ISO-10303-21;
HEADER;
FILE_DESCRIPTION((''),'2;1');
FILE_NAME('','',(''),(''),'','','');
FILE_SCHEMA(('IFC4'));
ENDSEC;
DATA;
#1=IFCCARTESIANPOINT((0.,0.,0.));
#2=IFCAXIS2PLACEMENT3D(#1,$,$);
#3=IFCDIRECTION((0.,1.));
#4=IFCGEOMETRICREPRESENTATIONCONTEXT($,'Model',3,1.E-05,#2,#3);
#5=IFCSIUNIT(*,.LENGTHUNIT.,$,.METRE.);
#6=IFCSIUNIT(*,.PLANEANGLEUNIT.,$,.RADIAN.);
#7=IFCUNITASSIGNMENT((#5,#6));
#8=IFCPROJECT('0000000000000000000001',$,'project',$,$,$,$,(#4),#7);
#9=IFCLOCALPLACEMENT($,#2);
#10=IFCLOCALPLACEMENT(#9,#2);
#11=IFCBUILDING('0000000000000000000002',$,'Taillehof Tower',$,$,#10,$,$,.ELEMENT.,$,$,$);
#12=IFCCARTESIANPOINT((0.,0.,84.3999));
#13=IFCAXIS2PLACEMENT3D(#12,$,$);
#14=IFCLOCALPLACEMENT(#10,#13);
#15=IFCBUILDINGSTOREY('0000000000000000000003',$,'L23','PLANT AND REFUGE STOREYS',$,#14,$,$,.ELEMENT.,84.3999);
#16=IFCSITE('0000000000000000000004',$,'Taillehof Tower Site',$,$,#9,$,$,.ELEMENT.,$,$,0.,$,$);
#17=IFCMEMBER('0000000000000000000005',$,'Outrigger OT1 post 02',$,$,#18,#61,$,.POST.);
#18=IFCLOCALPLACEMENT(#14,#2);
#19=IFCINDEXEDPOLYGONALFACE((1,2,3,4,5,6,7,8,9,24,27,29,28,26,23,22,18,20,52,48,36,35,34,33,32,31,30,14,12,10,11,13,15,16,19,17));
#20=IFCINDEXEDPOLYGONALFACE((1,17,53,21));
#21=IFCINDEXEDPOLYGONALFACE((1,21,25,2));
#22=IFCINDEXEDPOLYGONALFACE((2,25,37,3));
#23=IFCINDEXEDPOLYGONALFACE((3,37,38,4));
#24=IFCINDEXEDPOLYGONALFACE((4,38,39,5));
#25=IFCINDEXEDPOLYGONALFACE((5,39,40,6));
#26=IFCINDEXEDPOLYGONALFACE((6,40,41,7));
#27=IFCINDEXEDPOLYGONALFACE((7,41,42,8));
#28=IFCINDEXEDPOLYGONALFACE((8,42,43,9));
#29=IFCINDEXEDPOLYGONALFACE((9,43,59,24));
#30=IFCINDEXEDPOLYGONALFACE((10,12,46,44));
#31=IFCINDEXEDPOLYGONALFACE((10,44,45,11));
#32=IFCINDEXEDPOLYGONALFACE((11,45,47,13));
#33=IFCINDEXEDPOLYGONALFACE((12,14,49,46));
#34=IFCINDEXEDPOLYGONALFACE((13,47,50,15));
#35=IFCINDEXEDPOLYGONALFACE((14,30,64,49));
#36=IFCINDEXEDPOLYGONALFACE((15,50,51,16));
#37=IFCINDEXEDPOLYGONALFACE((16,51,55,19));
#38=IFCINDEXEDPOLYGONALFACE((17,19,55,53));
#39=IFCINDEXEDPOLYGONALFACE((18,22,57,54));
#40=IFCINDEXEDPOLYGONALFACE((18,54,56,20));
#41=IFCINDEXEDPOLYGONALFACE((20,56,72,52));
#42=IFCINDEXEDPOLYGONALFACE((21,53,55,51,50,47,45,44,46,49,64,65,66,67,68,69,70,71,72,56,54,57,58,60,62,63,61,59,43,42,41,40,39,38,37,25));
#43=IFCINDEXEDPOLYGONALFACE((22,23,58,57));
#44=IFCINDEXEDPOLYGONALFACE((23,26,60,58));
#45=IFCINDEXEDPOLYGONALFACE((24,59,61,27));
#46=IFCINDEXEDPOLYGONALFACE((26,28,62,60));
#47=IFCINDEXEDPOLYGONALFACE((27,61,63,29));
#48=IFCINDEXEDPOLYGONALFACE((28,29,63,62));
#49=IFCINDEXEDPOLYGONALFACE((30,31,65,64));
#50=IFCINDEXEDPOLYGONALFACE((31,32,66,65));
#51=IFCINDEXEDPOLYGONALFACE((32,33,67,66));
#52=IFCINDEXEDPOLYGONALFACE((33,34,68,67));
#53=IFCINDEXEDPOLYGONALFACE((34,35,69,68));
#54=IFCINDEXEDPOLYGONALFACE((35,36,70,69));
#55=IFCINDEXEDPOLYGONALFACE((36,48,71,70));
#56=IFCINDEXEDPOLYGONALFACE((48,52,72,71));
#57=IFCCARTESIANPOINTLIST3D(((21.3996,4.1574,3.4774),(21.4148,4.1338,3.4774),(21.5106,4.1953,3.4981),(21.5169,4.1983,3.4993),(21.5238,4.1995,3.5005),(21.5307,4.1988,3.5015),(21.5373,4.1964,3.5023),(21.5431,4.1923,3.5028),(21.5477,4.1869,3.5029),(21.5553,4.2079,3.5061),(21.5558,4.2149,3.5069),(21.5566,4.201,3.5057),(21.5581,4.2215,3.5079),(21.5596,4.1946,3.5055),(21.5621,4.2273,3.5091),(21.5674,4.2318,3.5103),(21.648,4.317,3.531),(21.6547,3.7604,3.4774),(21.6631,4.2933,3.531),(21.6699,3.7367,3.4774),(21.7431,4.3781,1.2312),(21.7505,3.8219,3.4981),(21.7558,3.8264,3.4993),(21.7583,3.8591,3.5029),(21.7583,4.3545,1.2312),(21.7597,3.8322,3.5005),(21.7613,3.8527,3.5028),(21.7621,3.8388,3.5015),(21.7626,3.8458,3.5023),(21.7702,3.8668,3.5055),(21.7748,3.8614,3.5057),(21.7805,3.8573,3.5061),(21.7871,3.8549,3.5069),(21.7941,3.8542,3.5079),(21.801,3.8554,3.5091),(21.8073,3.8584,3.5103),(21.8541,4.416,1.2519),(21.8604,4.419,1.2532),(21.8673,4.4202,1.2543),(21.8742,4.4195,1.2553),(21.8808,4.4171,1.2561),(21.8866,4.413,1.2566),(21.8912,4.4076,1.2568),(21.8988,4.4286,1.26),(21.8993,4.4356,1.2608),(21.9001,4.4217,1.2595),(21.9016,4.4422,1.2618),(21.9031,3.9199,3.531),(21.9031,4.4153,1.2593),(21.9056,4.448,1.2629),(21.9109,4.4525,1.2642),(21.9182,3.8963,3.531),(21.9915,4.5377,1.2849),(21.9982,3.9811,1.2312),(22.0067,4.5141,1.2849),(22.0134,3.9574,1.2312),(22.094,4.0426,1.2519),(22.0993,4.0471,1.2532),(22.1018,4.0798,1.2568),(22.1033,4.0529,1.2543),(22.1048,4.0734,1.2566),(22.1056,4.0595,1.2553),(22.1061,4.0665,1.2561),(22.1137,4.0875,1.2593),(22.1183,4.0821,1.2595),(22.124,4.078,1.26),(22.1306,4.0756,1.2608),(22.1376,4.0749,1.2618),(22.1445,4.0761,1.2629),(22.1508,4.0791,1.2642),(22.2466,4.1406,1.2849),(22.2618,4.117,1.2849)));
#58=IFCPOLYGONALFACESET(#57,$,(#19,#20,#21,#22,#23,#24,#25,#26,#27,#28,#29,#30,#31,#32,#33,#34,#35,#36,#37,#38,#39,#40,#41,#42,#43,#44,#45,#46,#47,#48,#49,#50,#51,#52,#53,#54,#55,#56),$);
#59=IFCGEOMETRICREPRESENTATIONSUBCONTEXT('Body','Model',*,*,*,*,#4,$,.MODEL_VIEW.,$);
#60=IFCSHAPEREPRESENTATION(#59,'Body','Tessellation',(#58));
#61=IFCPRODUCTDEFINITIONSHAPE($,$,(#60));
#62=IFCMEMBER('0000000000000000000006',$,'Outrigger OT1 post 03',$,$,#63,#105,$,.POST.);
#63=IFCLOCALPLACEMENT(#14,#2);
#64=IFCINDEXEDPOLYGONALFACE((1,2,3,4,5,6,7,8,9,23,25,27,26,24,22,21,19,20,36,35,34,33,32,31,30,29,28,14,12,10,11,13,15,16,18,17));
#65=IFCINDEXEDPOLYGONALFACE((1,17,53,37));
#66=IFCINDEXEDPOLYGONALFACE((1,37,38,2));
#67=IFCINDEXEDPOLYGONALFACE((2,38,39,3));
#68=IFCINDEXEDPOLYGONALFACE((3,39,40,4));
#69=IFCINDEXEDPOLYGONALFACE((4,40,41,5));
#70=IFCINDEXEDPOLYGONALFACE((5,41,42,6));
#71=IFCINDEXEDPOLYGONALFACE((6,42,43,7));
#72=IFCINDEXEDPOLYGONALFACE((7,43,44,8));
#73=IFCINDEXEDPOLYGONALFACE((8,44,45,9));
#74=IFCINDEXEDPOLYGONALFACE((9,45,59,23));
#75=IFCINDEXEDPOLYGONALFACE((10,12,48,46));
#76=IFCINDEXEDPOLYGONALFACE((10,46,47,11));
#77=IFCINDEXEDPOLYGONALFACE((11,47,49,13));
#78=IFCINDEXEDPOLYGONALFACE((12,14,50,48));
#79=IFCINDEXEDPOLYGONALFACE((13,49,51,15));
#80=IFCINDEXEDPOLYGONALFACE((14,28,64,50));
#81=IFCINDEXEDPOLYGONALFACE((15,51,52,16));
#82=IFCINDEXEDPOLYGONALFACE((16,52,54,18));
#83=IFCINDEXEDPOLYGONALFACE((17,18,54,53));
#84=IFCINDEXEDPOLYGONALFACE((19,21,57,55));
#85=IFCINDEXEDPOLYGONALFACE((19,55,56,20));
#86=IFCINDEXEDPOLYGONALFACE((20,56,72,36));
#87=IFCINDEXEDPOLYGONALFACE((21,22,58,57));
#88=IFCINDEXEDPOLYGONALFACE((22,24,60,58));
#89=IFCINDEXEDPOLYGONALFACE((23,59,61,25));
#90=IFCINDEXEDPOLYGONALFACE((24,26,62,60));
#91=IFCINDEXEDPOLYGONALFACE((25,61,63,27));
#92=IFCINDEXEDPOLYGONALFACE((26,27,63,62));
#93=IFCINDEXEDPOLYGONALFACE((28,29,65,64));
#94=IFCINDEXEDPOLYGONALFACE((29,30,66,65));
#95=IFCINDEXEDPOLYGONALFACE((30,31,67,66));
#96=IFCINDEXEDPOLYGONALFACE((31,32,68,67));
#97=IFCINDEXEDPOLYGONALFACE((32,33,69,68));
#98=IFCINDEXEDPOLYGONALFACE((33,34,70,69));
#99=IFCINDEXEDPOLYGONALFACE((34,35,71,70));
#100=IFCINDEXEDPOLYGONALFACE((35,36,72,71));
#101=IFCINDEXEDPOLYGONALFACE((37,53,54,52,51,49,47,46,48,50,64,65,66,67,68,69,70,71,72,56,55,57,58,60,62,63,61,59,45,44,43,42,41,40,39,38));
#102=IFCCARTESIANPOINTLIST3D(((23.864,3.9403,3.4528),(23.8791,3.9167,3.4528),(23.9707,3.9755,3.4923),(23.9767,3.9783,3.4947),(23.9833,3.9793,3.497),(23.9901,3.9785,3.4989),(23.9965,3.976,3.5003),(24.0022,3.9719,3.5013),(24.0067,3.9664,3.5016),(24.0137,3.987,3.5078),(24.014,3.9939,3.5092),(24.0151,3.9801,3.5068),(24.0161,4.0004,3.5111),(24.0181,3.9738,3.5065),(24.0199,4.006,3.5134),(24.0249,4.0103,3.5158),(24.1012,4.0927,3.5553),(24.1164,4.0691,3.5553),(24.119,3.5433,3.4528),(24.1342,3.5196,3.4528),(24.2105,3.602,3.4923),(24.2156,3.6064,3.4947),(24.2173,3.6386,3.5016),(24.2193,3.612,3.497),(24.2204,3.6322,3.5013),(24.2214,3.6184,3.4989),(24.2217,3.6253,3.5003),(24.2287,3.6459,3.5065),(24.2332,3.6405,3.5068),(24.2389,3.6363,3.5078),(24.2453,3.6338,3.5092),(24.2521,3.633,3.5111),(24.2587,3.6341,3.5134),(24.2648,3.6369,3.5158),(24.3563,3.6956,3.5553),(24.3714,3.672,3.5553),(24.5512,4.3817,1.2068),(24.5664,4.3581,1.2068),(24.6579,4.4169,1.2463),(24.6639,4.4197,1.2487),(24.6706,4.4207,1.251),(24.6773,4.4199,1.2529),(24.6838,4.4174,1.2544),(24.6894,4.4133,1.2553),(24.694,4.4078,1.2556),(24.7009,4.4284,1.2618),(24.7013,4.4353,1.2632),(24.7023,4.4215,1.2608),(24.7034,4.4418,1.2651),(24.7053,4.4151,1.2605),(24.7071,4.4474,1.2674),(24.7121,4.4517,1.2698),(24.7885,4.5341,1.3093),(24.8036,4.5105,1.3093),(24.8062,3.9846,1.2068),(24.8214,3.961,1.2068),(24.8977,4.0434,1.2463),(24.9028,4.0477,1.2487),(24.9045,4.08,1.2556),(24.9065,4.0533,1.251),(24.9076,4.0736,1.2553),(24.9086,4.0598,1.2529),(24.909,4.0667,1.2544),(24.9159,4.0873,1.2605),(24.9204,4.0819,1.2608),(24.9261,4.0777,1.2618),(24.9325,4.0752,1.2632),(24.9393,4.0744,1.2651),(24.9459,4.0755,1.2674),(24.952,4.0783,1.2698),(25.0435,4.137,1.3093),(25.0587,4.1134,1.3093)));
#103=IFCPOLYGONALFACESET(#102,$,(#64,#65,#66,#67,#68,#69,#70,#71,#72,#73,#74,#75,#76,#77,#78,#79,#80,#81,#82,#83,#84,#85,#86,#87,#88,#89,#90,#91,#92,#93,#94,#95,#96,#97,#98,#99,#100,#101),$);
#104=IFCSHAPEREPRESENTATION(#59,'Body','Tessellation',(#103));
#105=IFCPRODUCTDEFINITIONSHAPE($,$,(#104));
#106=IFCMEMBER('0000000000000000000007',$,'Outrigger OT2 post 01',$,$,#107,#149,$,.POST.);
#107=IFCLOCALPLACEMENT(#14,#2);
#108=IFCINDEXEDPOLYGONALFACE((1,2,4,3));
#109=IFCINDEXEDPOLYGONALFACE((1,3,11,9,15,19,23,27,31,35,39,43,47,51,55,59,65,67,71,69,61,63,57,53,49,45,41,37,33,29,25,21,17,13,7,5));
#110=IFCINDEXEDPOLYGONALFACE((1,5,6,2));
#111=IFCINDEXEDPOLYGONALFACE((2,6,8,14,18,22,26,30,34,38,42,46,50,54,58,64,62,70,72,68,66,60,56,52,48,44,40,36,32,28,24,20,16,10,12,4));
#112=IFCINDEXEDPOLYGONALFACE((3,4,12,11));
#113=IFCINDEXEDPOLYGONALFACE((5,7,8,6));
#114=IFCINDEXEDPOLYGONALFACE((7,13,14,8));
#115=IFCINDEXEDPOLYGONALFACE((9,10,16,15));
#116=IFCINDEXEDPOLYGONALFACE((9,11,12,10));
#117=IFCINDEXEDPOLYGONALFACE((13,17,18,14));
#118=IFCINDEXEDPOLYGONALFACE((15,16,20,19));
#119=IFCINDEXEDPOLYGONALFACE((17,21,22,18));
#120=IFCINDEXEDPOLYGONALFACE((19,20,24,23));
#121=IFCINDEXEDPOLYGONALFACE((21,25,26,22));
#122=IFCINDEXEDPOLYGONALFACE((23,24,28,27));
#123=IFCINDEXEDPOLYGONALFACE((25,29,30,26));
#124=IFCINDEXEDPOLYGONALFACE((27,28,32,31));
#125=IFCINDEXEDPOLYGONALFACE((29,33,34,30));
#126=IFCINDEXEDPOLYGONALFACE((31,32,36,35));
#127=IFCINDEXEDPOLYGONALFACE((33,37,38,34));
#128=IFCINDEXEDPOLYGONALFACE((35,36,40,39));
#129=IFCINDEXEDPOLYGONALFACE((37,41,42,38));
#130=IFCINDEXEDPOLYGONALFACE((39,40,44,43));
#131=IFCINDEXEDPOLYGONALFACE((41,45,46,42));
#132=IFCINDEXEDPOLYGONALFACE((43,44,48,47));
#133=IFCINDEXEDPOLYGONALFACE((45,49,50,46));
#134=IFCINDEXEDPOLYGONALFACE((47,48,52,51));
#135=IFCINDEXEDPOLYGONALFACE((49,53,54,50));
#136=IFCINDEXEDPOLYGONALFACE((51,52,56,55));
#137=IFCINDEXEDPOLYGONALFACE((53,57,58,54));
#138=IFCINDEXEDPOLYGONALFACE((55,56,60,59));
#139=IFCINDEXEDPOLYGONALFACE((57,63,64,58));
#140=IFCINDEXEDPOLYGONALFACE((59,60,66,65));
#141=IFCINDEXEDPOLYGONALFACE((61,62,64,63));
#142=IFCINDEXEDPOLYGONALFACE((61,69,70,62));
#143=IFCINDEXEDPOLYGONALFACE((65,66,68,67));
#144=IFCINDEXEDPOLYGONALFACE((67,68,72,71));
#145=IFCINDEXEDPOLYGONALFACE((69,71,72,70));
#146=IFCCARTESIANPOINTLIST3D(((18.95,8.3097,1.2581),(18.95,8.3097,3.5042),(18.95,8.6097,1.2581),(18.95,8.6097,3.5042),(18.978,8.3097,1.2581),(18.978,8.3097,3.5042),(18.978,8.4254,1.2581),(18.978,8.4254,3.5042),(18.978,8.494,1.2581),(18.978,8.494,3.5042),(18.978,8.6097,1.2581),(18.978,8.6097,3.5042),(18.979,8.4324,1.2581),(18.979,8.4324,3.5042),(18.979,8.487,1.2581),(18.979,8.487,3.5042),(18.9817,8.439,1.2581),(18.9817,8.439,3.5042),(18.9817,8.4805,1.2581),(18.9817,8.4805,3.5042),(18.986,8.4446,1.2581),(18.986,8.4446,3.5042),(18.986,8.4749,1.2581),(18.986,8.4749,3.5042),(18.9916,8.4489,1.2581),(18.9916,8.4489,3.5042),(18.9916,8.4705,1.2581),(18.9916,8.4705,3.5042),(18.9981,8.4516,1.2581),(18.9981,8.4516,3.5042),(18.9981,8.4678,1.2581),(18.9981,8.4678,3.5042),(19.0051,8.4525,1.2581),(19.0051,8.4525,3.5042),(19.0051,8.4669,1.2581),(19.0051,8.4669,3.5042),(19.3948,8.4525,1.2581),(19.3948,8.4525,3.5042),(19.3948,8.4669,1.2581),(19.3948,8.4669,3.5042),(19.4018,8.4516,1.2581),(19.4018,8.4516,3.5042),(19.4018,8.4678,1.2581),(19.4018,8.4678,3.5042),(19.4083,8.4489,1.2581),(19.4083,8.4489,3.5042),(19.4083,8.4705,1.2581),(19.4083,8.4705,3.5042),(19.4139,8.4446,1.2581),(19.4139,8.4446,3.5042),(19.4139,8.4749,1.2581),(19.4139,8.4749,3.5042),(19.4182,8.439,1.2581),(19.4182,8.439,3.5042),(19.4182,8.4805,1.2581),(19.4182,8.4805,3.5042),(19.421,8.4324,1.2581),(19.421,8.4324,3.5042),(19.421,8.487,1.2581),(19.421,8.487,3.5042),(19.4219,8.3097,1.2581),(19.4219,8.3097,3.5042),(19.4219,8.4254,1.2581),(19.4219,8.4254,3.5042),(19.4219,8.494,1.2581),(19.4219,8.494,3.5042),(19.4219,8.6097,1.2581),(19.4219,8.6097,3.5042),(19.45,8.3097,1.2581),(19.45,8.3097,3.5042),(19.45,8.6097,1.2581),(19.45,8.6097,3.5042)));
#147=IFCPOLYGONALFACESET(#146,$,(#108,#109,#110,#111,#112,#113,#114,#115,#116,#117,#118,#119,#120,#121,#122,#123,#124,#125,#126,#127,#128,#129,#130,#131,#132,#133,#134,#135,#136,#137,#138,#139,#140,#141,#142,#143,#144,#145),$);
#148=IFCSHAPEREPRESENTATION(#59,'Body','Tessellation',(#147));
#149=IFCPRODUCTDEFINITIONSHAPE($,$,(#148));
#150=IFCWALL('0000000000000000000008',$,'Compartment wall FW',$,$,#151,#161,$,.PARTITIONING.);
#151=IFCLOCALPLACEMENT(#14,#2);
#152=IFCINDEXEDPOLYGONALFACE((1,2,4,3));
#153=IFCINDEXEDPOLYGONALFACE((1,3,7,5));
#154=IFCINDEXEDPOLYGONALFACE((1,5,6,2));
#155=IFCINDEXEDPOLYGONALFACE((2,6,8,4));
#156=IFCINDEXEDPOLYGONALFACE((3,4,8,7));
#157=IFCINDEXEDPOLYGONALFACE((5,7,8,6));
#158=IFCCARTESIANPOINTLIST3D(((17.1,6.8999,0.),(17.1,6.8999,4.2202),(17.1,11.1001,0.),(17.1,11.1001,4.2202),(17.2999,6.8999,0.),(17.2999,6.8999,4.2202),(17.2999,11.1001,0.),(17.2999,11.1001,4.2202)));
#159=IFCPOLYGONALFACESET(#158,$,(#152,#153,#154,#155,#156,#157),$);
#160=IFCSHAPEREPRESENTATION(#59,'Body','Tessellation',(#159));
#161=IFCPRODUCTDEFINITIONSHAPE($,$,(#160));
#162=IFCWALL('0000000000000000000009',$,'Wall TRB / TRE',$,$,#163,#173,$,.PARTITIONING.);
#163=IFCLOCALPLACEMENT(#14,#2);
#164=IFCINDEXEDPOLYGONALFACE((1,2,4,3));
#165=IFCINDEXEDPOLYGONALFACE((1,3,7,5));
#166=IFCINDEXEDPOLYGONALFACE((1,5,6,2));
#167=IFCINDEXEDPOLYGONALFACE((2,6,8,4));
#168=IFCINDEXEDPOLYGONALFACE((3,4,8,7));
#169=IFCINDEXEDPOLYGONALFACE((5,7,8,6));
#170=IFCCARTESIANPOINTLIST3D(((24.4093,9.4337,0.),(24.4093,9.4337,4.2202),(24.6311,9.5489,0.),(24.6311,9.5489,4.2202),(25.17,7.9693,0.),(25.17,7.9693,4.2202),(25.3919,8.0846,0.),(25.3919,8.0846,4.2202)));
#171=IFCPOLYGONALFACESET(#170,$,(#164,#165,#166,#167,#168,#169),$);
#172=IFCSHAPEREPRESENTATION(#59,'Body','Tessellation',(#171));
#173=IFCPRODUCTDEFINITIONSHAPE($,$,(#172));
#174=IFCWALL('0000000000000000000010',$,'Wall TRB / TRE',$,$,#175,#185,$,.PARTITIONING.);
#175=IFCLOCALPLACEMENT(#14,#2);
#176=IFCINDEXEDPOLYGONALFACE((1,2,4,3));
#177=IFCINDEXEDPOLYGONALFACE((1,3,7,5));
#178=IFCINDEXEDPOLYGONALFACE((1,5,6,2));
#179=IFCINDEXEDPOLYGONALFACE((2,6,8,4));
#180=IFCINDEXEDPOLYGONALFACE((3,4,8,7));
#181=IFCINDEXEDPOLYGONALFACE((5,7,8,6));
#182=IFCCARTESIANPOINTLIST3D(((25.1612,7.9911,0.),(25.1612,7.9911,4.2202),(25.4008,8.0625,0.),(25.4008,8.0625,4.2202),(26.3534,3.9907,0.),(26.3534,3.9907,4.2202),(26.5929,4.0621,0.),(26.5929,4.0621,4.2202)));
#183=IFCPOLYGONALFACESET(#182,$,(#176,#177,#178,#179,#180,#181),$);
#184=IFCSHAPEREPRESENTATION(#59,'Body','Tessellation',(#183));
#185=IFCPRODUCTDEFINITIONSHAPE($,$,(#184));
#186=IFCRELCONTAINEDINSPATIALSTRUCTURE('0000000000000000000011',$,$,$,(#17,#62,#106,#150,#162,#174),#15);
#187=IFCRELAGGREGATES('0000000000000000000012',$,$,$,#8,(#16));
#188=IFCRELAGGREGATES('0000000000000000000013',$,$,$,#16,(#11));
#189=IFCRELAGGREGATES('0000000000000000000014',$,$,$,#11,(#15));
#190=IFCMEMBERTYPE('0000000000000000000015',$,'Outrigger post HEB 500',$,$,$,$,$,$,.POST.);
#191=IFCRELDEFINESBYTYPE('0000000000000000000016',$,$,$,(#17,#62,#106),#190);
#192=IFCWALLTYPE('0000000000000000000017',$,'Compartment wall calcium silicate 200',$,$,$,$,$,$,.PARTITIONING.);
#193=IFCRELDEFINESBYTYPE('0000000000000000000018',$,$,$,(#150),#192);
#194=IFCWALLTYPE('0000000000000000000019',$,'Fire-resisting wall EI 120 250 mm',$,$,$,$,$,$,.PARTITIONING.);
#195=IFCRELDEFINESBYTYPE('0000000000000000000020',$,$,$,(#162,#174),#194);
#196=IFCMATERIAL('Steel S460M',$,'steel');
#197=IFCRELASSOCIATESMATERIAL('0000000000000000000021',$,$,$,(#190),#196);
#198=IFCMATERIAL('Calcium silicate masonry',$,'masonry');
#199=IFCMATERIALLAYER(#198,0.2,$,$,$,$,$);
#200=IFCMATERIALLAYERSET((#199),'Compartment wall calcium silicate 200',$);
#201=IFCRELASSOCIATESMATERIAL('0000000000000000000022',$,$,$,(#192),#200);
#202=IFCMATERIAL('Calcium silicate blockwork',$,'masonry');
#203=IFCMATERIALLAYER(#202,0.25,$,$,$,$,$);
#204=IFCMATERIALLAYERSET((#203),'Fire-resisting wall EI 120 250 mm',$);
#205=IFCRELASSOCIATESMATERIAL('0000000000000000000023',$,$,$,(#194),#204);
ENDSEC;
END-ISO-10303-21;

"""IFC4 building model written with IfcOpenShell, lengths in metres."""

from ifc_helpers import new_model, si_unit, direction, frame, frame_2d, origin, origin_2d, place, context, subcontext, project, spatial, rectangle, i_section, extrude, material, layer, layer_set, material_profile, profile_set, type_object, element, save


model = new_model("IFC4")

# Units and contexts
model_context = context("Model", 3, precision=1e-05, world=origin(), true_north=direction((0.0, 1.0)))
body_context = subcontext(model_context, "Body", "Model", "MODEL_VIEW")
ifc_project = project(units=[si_unit("LENGTHUNIT", "METRE"), si_unit("PLANEANGLEUNIT", "RADIAN")], contexts=[model_context])

# Site, building, storey
site_placement = place(None, origin())
site = spatial("IfcSite", under=ifc_project, at=site_placement, Name="Taillehof Tower Site", CompositionType="ELEMENT", RefElevation=0.0)
building_placement = place(site_placement, origin())
building = spatial("IfcBuilding", under=site, at=building_placement, Name="Taillehof Tower", CompositionType="ELEMENT")
storey_placement = place(building_placement, frame((0.0, 0.0, 84.3999)))
storey = spatial("IfcBuildingStorey", under=building, at=storey_placement, Name="L23", Description="PLANT AND REFUGE STOREYS", CompositionType="ELEMENT", Elevation=84.3999)

# Members
ifc_material_1 = material(Name="Steel S460M", Category="steel")
ifc_material_profile_1 = material_profile(ifc_material_1, i_section(OverallWidth=0.3, OverallDepth=0.5, WebThickness=0.0144, FlangeThickness=0.0281, FilletRadius=0.0271, at=origin_2d()), Name="HEB 500")
ifc_profile_set_1 = profile_set([ifc_material_profile_1], Name="Steel S460M")
member_type_1 = type_object("IfcMemberType", Name="Outrigger post HEB 500", PredefinedType="POST", material=ifc_profile_set_1)
member_1_placement = place(storey_placement, frame((22.0024, 4.2476, 1.2581), z_axis=(-0.150469, -0.096677, 0.983876), x_axis=(-0.827749, -0.53183, -0.17885)))
element("IfcMember", 1, at=member_1_placement, inside=storey, type_object=member_type_1, Name="Outrigger OT1 post 02", PredefinedType="POST", context=body_context, shape_type="SweptSolid", body=[
    extrude(i_section(OverallWidth=0.3, OverallDepth=0.5, WebThickness=0.0144, FlangeThickness=0.0281, FilletRadius=0.0271, at=origin_2d()), origin(), (0.0, 0.0, 1.0), 2.283),
])
member_2_placement = place(storey_placement, frame((24.8049, 4.2476, 1.2581), z_axis=(-0.287555, -0.184689, 0.939788), x_axis=(-0.79074, -0.507871, -0.341757)))
element("IfcMember", 2, at=member_2_placement, inside=storey, type_object=member_type_1, Name="Outrigger OT1 post 03", PredefinedType="POST", context=body_context, shape_type="SweptSolid", body=[
    extrude(i_section(OverallWidth=0.3, OverallDepth=0.5, WebThickness=0.0144, FlangeThickness=0.0281, FilletRadius=0.0271, at=origin_2d()), origin(), (0.0, 0.0, 1.0), 2.3899),
])
member_3_placement = place(storey_placement, frame((19.2, 8.4597, 1.2581), z_axis=(0.0, 0.0, 1.0), x_axis=(0.0, -1.0, 0.0)))
element("IfcMember", 3, at=member_3_placement, inside=storey, type_object=member_type_1, Name="Outrigger OT2 post 01", PredefinedType="POST", context=body_context, shape_type="SweptSolid", body=[
    extrude(i_section(OverallWidth=0.3, OverallDepth=0.5, WebThickness=0.0144, FlangeThickness=0.0281, FilletRadius=0.0271, at=origin_2d()), origin(), (0.0, 0.0, 1.0), 2.2461),
])

# Walls
ifc_material_2 = material(Name="Calcium silicate masonry", Category="masonry")
ifc_layer_1 = layer(ifc_material_2, 0.2)
ifc_layer_set_1 = layer_set([ifc_layer_1], Name="Compartment wall calcium silicate 200")
wall_type_1 = type_object("IfcWallType", Name="Compartment wall calcium silicate 200", PredefinedType="PARTITIONING", material=ifc_layer_set_1)
wall_1_placement = place(storey_placement, frame((17.2, 6.8999, 0.0), z_axis=(0.0, 0.0, 1.0), x_axis=(0.0, 1.0, 0.0)))
element("IfcWall", 4, at=wall_1_placement, inside=storey, type_object=wall_type_1, Name="Compartment wall FW", PredefinedType="PARTITIONING", context=body_context, shape_type="SweptSolid", body=[
    extrude(rectangle(XDim=4.2002, YDim=0.2, at=frame_2d((2.1001, 0.0))), origin(), (0.0, 0.0, 1.0), 4.2202),
])
ifc_material_3 = material(Name="Calcium silicate blockwork", Category="masonry")
ifc_layer_2 = layer(ifc_material_3, 0.25)
ifc_layer_set_2 = layer_set([ifc_layer_2], Name="Fire-resisting wall EI 120 250 mm")
wall_type_2 = type_object("IfcWallType", Name="Fire-resisting wall EI 120 250 mm", PredefinedType="PARTITIONING", material=ifc_layer_set_2)
wall_2_placement = place(storey_placement, frame((25.281, 8.0269, 0.0), z_axis=(0.0, 0.0, 1.0), x_axis=(-0.461008, 0.887396, 0.0)))
element("IfcWall", 5, at=wall_2_placement, inside=storey, type_object=wall_type_2, Name="Wall TRB / TRE", PredefinedType="PARTITIONING", context=body_context, shape_type="SweptSolid", body=[
    extrude(rectangle(XDim=1.6501, YDim=0.25, at=frame_2d((0.8252, 0.0))), origin(), (0.0, 0.0, 1.0), 4.2202),
])
wall_3_placement = place(storey_placement, frame((26.4731, 4.0264, 0.0), z_axis=(0.0, 0.0, 1.0), x_axis=(-0.285587, 0.958353, 0.0)))
element("IfcWall", 6, at=wall_3_placement, inside=storey, type_object=wall_type_2, Name="Wall TRB / TRE", PredefinedType="PARTITIONING", context=body_context, shape_type="SweptSolid", body=[
    extrude(rectangle(XDim=4.1743, YDim=0.25, at=frame_2d((2.0872, 0.0))), origin(), (0.0, 0.0, 1.0), 4.2202),
])

save(model, "model.ifc")
